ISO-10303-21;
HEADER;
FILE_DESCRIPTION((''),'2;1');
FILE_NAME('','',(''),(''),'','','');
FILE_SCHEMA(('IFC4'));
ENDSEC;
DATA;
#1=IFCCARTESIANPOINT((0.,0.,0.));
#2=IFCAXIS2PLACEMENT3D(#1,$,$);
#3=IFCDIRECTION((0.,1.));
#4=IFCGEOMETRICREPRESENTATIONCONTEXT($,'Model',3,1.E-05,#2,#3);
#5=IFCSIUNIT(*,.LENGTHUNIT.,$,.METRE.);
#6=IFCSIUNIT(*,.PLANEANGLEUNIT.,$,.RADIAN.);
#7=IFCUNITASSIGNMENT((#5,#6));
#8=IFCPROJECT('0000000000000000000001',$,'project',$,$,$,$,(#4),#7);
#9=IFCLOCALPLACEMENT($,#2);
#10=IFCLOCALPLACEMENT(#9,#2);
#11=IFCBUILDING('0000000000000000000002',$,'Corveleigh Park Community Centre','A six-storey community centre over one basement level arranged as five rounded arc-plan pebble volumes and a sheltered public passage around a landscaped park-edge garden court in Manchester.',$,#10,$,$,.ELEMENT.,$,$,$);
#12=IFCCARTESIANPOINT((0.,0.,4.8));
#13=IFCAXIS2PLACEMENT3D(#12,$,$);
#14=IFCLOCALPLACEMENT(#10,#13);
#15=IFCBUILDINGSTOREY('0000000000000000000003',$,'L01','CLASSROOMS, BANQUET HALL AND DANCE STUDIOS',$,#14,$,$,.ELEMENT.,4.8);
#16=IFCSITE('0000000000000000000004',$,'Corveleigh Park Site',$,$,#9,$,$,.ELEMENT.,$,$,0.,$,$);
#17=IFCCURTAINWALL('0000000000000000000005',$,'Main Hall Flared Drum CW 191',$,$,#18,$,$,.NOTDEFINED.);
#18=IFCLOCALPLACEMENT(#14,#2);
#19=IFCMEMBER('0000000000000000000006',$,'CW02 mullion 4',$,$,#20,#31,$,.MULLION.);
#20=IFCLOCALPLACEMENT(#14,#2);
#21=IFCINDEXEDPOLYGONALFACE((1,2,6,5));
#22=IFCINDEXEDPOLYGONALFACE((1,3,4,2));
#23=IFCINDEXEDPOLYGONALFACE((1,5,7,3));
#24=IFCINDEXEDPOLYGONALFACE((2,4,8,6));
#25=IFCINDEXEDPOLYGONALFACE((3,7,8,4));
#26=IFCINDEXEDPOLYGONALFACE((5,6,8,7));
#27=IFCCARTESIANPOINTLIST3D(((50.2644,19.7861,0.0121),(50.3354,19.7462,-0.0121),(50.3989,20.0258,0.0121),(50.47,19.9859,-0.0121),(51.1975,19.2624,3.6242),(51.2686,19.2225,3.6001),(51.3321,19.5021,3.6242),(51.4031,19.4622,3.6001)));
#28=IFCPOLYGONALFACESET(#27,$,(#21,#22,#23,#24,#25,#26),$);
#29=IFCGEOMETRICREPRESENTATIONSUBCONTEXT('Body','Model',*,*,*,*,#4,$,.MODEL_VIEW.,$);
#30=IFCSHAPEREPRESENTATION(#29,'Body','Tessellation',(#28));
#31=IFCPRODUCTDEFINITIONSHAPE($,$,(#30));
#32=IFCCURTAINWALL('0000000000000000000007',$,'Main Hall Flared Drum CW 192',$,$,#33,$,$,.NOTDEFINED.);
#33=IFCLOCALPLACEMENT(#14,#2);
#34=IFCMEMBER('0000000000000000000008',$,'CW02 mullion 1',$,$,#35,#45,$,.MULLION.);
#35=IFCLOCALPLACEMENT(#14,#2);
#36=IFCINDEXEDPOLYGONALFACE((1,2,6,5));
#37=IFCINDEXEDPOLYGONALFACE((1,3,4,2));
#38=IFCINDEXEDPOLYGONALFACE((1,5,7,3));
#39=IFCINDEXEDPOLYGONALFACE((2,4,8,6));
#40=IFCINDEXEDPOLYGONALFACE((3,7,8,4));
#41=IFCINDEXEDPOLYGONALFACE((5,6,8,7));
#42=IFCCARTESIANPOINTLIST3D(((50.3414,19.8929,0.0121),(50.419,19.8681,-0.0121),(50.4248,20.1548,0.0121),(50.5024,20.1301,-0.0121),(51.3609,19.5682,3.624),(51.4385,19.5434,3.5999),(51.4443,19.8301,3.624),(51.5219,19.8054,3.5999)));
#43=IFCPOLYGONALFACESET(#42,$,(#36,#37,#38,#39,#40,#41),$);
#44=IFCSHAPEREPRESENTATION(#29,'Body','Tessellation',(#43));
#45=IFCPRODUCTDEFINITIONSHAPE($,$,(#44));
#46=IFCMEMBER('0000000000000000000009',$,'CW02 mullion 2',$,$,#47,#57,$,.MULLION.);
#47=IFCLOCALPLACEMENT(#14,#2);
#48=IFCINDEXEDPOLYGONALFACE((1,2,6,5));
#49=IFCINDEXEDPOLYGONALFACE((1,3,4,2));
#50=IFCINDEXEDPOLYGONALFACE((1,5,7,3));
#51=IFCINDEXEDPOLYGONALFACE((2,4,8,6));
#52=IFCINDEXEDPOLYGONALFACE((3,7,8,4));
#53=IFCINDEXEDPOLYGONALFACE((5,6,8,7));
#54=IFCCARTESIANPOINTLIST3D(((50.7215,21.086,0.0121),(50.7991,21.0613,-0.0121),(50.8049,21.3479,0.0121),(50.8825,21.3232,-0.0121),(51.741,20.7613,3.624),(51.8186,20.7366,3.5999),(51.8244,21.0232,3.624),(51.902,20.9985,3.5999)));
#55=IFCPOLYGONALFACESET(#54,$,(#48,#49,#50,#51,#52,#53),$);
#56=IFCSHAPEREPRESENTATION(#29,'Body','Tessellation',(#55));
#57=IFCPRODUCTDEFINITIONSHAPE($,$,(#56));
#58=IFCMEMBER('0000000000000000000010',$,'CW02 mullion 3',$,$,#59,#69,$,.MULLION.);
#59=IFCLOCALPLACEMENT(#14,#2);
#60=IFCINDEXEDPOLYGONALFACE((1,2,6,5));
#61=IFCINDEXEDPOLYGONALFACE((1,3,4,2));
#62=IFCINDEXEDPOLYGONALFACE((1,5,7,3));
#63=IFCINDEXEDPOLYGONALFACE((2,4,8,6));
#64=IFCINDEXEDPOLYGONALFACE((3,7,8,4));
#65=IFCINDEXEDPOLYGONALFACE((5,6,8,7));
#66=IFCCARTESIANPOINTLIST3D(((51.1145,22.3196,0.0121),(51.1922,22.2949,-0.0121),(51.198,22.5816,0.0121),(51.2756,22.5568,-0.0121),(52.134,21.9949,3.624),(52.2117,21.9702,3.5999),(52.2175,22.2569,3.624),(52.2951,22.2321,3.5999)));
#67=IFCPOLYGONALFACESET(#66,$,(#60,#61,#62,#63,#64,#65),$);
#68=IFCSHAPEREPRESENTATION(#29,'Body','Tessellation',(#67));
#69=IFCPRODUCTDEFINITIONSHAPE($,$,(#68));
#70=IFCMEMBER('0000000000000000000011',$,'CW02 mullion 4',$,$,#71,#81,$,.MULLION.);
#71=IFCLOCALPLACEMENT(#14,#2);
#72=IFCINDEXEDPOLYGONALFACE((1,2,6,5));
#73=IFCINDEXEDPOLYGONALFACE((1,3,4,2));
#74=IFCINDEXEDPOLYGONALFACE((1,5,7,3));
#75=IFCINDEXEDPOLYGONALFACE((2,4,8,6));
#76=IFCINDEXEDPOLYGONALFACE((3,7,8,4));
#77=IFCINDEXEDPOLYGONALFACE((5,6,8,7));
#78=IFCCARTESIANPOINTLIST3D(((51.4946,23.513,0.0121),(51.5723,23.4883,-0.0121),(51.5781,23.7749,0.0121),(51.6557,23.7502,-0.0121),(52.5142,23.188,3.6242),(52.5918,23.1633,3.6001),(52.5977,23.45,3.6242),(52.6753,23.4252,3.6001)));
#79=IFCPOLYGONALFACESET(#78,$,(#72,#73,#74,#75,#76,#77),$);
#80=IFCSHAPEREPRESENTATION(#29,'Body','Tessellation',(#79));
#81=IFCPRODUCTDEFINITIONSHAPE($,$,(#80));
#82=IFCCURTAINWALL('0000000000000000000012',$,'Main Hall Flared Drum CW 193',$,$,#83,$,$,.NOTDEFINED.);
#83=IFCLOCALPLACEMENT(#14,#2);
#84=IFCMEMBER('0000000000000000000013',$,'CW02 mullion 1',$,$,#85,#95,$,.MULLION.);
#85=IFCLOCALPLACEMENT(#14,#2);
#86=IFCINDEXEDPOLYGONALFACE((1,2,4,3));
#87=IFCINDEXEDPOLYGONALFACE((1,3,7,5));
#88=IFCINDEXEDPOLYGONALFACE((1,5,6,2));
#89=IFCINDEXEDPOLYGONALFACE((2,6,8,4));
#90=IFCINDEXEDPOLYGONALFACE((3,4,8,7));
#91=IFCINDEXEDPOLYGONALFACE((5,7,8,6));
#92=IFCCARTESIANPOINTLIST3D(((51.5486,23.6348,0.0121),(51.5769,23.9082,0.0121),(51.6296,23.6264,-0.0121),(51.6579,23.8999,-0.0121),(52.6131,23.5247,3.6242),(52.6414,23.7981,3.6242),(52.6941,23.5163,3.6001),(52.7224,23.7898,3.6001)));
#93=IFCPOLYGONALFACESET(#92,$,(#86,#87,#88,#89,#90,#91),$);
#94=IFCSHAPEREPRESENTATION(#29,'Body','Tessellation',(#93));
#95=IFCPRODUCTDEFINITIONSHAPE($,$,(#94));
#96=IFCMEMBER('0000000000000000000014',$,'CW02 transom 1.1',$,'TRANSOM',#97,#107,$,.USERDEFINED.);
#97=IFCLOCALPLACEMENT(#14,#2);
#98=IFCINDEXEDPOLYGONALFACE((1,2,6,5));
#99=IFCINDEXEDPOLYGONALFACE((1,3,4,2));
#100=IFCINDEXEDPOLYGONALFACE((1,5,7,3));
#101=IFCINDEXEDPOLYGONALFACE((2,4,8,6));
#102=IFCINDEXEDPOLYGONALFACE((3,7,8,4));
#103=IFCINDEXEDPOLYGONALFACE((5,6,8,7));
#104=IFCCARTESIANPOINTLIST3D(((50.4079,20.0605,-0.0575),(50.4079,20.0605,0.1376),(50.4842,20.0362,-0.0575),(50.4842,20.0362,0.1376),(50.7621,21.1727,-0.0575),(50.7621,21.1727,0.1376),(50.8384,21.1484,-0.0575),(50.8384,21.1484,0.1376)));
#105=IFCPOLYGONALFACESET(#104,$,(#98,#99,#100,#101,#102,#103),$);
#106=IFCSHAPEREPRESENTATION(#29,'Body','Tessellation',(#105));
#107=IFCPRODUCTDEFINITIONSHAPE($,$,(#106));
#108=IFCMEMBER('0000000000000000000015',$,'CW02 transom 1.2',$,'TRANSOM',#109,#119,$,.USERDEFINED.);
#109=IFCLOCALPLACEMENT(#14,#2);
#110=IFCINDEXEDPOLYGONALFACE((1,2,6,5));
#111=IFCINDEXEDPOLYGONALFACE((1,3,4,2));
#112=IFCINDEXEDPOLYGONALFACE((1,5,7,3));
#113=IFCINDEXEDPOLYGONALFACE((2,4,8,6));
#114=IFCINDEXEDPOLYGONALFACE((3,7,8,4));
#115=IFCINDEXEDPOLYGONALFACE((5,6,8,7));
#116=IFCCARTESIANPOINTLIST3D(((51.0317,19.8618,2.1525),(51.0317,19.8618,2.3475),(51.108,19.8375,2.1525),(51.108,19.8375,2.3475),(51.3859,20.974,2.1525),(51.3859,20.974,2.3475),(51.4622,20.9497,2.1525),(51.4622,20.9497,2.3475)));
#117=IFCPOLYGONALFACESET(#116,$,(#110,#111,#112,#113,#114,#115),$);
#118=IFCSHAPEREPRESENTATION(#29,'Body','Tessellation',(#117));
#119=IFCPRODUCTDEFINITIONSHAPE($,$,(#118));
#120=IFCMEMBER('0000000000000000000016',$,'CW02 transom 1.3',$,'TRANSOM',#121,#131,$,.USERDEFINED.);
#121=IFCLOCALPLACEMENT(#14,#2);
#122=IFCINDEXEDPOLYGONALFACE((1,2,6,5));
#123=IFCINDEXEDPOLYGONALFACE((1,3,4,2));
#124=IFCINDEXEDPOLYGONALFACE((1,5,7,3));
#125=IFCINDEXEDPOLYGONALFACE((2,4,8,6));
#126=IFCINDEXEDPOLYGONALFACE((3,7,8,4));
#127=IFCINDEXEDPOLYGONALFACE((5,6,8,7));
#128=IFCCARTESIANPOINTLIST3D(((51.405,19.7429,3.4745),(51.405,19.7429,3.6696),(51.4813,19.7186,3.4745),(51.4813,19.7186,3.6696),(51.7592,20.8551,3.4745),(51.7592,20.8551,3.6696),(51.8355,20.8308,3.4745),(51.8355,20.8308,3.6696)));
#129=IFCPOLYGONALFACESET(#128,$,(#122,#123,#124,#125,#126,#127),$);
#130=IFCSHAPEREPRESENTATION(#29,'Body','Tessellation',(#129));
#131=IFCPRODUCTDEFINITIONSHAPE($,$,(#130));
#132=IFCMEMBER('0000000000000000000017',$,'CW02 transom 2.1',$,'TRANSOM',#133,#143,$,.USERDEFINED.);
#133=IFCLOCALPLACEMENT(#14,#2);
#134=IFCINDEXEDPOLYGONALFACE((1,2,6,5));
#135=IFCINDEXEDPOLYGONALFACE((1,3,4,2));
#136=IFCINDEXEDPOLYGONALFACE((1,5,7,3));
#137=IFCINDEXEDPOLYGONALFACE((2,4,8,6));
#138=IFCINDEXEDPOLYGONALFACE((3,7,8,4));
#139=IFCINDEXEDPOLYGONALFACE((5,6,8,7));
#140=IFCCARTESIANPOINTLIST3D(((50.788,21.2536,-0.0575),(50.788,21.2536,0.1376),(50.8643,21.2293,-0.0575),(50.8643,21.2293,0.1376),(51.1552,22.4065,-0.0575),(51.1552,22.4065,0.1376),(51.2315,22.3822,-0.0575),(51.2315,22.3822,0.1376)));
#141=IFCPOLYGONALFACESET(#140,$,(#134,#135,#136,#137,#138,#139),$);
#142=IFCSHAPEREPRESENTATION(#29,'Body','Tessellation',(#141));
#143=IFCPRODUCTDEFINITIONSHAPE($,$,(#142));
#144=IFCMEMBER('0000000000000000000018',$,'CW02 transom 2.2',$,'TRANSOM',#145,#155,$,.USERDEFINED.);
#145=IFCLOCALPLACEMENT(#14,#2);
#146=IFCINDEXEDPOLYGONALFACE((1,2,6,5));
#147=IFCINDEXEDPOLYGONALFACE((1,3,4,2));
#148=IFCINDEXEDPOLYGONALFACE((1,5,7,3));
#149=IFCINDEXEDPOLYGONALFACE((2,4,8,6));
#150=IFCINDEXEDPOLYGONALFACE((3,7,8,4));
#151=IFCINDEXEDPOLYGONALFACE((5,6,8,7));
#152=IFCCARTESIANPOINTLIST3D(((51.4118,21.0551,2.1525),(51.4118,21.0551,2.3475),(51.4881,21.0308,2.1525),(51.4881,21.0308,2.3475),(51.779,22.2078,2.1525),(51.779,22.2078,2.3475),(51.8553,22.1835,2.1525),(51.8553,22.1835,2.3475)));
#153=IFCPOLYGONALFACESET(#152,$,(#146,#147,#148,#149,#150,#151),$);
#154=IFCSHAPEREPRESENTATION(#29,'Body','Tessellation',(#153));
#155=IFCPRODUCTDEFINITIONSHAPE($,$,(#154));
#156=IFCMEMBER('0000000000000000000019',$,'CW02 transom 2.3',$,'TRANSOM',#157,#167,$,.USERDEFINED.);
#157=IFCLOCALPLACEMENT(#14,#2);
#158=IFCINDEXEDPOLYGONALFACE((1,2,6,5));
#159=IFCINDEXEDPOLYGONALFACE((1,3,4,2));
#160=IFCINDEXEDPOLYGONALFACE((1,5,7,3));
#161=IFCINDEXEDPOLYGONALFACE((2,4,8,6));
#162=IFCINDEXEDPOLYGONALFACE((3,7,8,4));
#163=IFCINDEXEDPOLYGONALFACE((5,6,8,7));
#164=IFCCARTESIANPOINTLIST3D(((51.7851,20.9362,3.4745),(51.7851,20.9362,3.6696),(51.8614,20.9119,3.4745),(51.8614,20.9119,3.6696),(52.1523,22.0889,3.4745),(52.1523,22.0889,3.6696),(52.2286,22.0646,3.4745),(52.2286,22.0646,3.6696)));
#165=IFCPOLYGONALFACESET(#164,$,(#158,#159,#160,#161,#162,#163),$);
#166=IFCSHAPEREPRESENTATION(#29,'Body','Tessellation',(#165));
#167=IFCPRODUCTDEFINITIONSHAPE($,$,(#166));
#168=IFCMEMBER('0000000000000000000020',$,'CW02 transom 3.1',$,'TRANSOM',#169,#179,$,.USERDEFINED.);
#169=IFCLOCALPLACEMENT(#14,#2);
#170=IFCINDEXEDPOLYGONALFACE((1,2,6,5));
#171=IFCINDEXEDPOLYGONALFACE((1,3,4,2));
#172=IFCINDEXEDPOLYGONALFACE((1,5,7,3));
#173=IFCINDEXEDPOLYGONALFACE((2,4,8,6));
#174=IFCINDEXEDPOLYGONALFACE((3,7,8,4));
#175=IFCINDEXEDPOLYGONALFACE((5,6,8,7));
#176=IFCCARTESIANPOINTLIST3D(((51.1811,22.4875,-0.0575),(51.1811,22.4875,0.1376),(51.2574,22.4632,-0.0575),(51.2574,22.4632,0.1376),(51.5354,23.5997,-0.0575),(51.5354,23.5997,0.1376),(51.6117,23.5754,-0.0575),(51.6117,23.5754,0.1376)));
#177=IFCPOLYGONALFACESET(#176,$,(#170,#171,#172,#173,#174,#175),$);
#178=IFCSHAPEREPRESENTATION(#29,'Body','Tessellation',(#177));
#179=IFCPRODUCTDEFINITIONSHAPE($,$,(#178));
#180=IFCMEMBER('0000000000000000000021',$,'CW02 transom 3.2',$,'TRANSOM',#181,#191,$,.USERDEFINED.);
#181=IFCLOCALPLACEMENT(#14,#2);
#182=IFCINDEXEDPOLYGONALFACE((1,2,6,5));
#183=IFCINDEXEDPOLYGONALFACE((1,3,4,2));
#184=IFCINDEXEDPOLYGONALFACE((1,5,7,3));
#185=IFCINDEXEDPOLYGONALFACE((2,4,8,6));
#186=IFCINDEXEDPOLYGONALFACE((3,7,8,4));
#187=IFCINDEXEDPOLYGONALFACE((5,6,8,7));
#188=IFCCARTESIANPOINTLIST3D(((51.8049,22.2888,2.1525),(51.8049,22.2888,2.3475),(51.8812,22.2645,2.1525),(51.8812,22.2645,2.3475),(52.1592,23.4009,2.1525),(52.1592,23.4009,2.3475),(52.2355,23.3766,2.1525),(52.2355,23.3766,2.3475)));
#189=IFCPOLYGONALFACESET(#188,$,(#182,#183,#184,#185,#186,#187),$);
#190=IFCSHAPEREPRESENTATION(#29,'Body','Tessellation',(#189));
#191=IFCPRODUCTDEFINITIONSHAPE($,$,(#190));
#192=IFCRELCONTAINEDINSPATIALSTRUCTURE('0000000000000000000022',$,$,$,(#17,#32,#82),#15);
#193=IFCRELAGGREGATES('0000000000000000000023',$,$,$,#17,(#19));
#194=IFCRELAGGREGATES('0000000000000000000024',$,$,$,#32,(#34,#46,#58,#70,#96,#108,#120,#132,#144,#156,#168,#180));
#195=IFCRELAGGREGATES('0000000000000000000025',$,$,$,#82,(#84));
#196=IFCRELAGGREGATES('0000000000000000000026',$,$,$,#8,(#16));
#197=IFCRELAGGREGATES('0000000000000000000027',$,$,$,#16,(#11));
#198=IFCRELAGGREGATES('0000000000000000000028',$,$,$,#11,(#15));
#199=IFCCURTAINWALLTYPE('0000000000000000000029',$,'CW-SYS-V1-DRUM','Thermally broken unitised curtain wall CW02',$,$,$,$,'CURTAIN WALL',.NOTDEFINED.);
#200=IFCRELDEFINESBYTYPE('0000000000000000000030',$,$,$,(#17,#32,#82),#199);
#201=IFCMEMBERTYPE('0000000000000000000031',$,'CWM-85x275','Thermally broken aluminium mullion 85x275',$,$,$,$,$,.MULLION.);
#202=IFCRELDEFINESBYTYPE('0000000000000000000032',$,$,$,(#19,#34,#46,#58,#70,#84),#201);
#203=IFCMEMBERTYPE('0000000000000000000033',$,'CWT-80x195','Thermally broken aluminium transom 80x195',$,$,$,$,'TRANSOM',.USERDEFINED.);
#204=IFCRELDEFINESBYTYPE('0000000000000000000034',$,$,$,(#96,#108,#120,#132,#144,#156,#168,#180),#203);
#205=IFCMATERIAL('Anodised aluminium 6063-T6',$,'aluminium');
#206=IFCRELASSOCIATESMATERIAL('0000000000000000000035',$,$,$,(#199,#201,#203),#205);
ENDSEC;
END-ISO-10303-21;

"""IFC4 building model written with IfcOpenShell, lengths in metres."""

from ifc_helpers import new_model, si_unit, direction, frame, origin, origin_2d, place, context, subcontext, project, spatial, rectangle, extrude, material, material_profile, profile_set, type_object, element, aggregate, save


model = new_model("IFC4")

# Units and contexts
model_context = context("Model", 3, precision=1e-05, world=origin(), true_north=direction((0.0, 1.0)))
body_context = subcontext(model_context, "Body", "Model", "MODEL_VIEW")
ifc_project = project(units=[si_unit("LENGTHUNIT", "METRE"), si_unit("PLANEANGLEUNIT", "RADIAN")], contexts=[model_context])

# Site, building, storey
site_placement = place(None, origin())
site = spatial("IfcSite", under=ifc_project, at=site_placement, Name="Corveleigh Park Site", CompositionType="ELEMENT", RefElevation=0.0)
building_placement = place(site_placement, origin())
building = spatial("IfcBuilding", under=site, at=building_placement, Name="Corveleigh Park Community Centre", Description="A six-storey community centre over one basement level arranged as five rounded arc-plan pebble volumes and a sheltered public passage around a landscaped park-edge garden court in Manchester.", CompositionType="ELEMENT")
storey_placement = place(building_placement, frame((0.0, 0.0, 4.8)))
storey = spatial("IfcBuildingStorey", under=building, at=storey_placement, Name="L01", Description="CLASSROOMS, BANQUET HALL AND DANCE STUDIOS", CompositionType="ELEMENT", Elevation=4.8)

# Curtain wall, member
ifc_material_1 = material(Name="Anodised aluminium 6063-T6", Category="aluminium")
curtain_wall_type = type_object("IfcCurtainWallType", Name="CW-SYS-V1-DRUM", Description="Thermally broken unitised curtain wall CW02", ElementType="CURTAIN WALL", PredefinedType="NOTDEFINED", material=ifc_material_1)
curtain_wall_1_placement = place(storey_placement, origin())
curtain_wall_1 = element("IfcCurtainWall", 1, at=curtain_wall_1_placement, inside=storey, type_object=curtain_wall_type, Name="Main Hall Flared Drum CW 191", PredefinedType="NOTDEFINED")
ifc_material_profile_1 = material_profile(ifc_material_1, rectangle(XDim=0.085, YDim=0.2749, at=origin_2d()), Name="ALU-M85x275", Category="aluminium")
ifc_profile_set_1 = profile_set([ifc_material_profile_1], Name="Anodised aluminium 6063-T6")
member_type_1 = type_object("IfcMemberType", Name="CWM-85x275", Description="Thermally broken aluminium mullion 85x275", PredefinedType="MULLION", material=ifc_profile_set_1)
member_1_placement = place(storey_placement, frame((50.3672, 19.886, 0.0), z_axis=(0.247691, -0.13901, 0.958815), x_axis=(-0.836135, 0.469259, 0.284033)))
member_1 = element("IfcMember", 2, at=member_1_placement, type_object=member_type_1, Name="CW02 mullion 4", PredefinedType="MULLION", context=body_context, shape_type="SweptSolid", body=[
    extrude(rectangle(XDim=0.085, YDim=0.2749, at=origin_2d()), origin(), (0.0, 0.0, 1.0), 3.7673),
])
aggregate(curtain_wall_1, [member_1])

# Curtain wall, members
curtain_wall_2_placement = place(storey_placement, origin())
curtain_wall_2 = element("IfcCurtainWall", 3, at=curtain_wall_2_placement, inside=storey, type_object=curtain_wall_type, Name="Main Hall Flared Drum CW 192", PredefinedType="NOTDEFINED")
member_2_placement = place(storey_placement, frame((50.4219, 20.0115, 0.0), z_axis=(0.270633, -0.086193, 0.958816), x_axis=(-0.9136, 0.290969, 0.284027)))
member_2 = element("IfcMember", 4, at=member_2_placement, type_object=member_type_1, Name="CW02 mullion 1", PredefinedType="MULLION", context=body_context, shape_type="SweptSolid", body=[
    extrude(rectangle(XDim=0.085, YDim=0.2749, at=origin_2d()), origin(), (0.0, 0.0, 1.0), 3.7671),
])
member_3_placement = place(storey_placement, frame((50.802, 21.2046, 0.0), z_axis=(0.270633, -0.086193, 0.958816), x_axis=(-0.9136, 0.290969, 0.284027)))
member_3 = element("IfcMember", 5, at=member_3_placement, type_object=member_type_1, Name="CW02 mullion 2", PredefinedType="MULLION", context=body_context, shape_type="SweptSolid", body=[
    extrude(rectangle(XDim=0.085, YDim=0.2749, at=origin_2d()), origin(), (0.0, 0.0, 1.0), 3.7671),
])
member_4_placement = place(storey_placement, frame((51.1951, 22.4382, 0.0), z_axis=(0.270633, -0.086193, 0.958816), x_axis=(-0.9136, 0.290969, 0.284027)))
member_4 = element("IfcMember", 6, at=member_4_placement, type_object=member_type_1, Name="CW02 mullion 3", PredefinedType="MULLION", context=body_context, shape_type="SweptSolid", body=[
    extrude(rectangle(XDim=0.085, YDim=0.2749, at=origin_2d()), origin(), (0.0, 0.0, 1.0), 3.7671),
])
member_5_placement = place(storey_placement, frame((51.5752, 23.6316, 0.0), z_axis=(0.270632, -0.086257, 0.958811), x_axis=(-0.913532, 0.291166, 0.284045)))
member_5 = element("IfcMember", 7, at=member_5_placement, type_object=member_type_1, Name="CW02 mullion 4", PredefinedType="MULLION", context=body_context, shape_type="SweptSolid", body=[
    extrude(rectangle(XDim=0.085, YDim=0.2749, at=origin_2d()), origin(), (0.0, 0.0, 1.0), 3.7673),
])

# Curtain wall, member
curtain_wall_3_placement = place(storey_placement, origin())
curtain_wall_3 = element("IfcCurtainWall", 8, at=curtain_wall_3_placement, inside=storey, type_object=curtain_wall_type, Name="Main Hall Flared Drum CW 193", PredefinedType="NOTDEFINED")
member_6_placement = place(storey_placement, frame((51.6033, 23.7673, 0.0), z_axis=(0.282554, -0.029228, 0.958806), x_axis=(-0.953717, 0.098653, 0.284062)))
member_6 = element("IfcMember", 9, at=member_6_placement, type_object=member_type_1, Name="CW02 mullion 1", PredefinedType="MULLION", context=body_context, shape_type="SweptSolid", body=[
    extrude(rectangle(XDim=0.085, YDim=0.2749, at=origin_2d()), origin(), (0.0, 0.0, 1.0), 3.7673),
])

# Members
ifc_material_profile_2 = material_profile(ifc_material_1, rectangle(XDim=0.0801, YDim=0.1951, at=origin_2d()), Name="ALU-T80x195", Category="aluminium")
ifc_profile_set_2 = profile_set([ifc_material_profile_2], Name="Anodised aluminium 6063-T6")
member_type_2 = type_object("IfcMemberType", Name="CWT-80x195", Description="Thermally broken aluminium transom 80x195", ElementType="TRANSOM", PredefinedType="USERDEFINED", material=ifc_profile_set_2)
member_7_placement = place(storey_placement, frame((50.446, 20.0483, 0.04), z_axis=(0.303463, 0.952843, 0.0), x_axis=(-0.952843, 0.303463, 0.0)))
member_7 = element("IfcMember", 10, at=member_7_placement, type_object=member_type_2, Name="CW02 transom 1.1", ObjectType="TRANSOM", PredefinedType="USERDEFINED", context=body_context, shape_type="SweptSolid", body=[
    extrude(rectangle(XDim=0.0801, YDim=0.1951, at=origin_2d()), origin(), (0.0, 0.0, 1.0), 1.1672),
])
member_8_placement = place(storey_placement, frame((51.0698, 19.8496, 2.25), z_axis=(0.303463, 0.952843, 0.0), x_axis=(-0.952843, 0.303463, 0.0)))
member_8 = element("IfcMember", 11, at=member_8_placement, type_object=member_type_2, Name="CW02 transom 1.2", ObjectType="TRANSOM", PredefinedType="USERDEFINED", context=body_context, shape_type="SweptSolid", body=[
    extrude(rectangle(XDim=0.0801, YDim=0.1951, at=origin_2d()), origin(), (0.0, 0.0, 1.0), 1.1672),
])
member_9_placement = place(storey_placement, frame((51.4431, 19.7307, 3.572), z_axis=(0.303463, 0.952843, 0.0), x_axis=(-0.952843, 0.303463, 0.0)))
member_9 = element("IfcMember", 12, at=member_9_placement, type_object=member_type_2, Name="CW02 transom 1.3", ObjectType="TRANSOM", PredefinedType="USERDEFINED", context=body_context, shape_type="SweptSolid", body=[
    extrude(rectangle(XDim=0.0801, YDim=0.1951, at=origin_2d()), origin(), (0.0, 0.0, 1.0), 1.1672),
])
member_10_placement = place(storey_placement, frame((50.8262, 21.2415, 0.04), z_axis=(0.303487, 0.952836, 0.0), x_axis=(-0.952836, 0.303487, 0.0)))
member_10 = element("IfcMember", 13, at=member_10_placement, type_object=member_type_2, Name="CW02 transom 2.1", ObjectType="TRANSOM", PredefinedType="USERDEFINED", context=body_context, shape_type="SweptSolid", body=[
    extrude(rectangle(XDim=0.0801, YDim=0.1951, at=origin_2d()), origin(), (0.0, 0.0, 1.0), 1.21),
])
member_11_placement = place(storey_placement, frame((51.45, 21.043, 2.25), z_axis=(0.303545, 0.952817, 0.0), x_axis=(-0.952817, 0.303545, 0.0)))
member_11 = element("IfcMember", 14, at=member_11_placement, type_object=member_type_2, Name="CW02 transom 2.2", ObjectType="TRANSOM", PredefinedType="USERDEFINED", context=body_context, shape_type="SweptSolid", body=[
    extrude(rectangle(XDim=0.0801, YDim=0.1951, at=origin_2d()), origin(), (0.0, 0.0, 1.0), 1.2097),
])
member_12_placement = place(storey_placement, frame((51.8232, 20.9241, 3.572), z_axis=(0.303545, 0.952817, 0.0), x_axis=(-0.952817, 0.303545, 0.0)))
member_12 = element("IfcMember", 15, at=member_12_placement, type_object=member_type_2, Name="CW02 transom 2.3", ObjectType="TRANSOM", PredefinedType="USERDEFINED", context=body_context, shape_type="SweptSolid", body=[
    extrude(rectangle(XDim=0.0801, YDim=0.1951, at=origin_2d()), origin(), (0.0, 0.0, 1.0), 1.2097),
])
member_13_placement = place(storey_placement, frame((51.2192, 22.4753, 0.04), z_axis=(0.303523, 0.952824, 0.0), x_axis=(-0.952824, 0.303523, 0.0)))
member_13 = element("IfcMember", 16, at=member_13_placement, type_object=member_type_2, Name="CW02 transom 3.1", ObjectType="TRANSOM", PredefinedType="USERDEFINED", context=body_context, shape_type="SweptSolid", body=[
    extrude(rectangle(XDim=0.0801, YDim=0.1951, at=origin_2d()), origin(), (0.0, 0.0, 1.0), 1.1672),
])
member_14_placement = place(storey_placement, frame((51.843, 22.2766, 2.25), z_axis=(0.303523, 0.952824, 0.0), x_axis=(-0.952824, 0.303523, 0.0)))
member_14 = element("IfcMember", 17, at=member_14_placement, type_object=member_type_2, Name="CW02 transom 3.2", ObjectType="TRANSOM", PredefinedType="USERDEFINED", context=body_context, shape_type="SweptSolid", body=[
    extrude(rectangle(XDim=0.0801, YDim=0.1951, at=origin_2d()), origin(), (0.0, 0.0, 1.0), 1.1672),
])

aggregate(curtain_wall_2, [member_2, member_3, member_4, member_5, member_7, member_8, member_9, member_10, member_11, member_12, member_13, member_14])
aggregate(curtain_wall_3, [member_6])

save(model, "model.ifc")
